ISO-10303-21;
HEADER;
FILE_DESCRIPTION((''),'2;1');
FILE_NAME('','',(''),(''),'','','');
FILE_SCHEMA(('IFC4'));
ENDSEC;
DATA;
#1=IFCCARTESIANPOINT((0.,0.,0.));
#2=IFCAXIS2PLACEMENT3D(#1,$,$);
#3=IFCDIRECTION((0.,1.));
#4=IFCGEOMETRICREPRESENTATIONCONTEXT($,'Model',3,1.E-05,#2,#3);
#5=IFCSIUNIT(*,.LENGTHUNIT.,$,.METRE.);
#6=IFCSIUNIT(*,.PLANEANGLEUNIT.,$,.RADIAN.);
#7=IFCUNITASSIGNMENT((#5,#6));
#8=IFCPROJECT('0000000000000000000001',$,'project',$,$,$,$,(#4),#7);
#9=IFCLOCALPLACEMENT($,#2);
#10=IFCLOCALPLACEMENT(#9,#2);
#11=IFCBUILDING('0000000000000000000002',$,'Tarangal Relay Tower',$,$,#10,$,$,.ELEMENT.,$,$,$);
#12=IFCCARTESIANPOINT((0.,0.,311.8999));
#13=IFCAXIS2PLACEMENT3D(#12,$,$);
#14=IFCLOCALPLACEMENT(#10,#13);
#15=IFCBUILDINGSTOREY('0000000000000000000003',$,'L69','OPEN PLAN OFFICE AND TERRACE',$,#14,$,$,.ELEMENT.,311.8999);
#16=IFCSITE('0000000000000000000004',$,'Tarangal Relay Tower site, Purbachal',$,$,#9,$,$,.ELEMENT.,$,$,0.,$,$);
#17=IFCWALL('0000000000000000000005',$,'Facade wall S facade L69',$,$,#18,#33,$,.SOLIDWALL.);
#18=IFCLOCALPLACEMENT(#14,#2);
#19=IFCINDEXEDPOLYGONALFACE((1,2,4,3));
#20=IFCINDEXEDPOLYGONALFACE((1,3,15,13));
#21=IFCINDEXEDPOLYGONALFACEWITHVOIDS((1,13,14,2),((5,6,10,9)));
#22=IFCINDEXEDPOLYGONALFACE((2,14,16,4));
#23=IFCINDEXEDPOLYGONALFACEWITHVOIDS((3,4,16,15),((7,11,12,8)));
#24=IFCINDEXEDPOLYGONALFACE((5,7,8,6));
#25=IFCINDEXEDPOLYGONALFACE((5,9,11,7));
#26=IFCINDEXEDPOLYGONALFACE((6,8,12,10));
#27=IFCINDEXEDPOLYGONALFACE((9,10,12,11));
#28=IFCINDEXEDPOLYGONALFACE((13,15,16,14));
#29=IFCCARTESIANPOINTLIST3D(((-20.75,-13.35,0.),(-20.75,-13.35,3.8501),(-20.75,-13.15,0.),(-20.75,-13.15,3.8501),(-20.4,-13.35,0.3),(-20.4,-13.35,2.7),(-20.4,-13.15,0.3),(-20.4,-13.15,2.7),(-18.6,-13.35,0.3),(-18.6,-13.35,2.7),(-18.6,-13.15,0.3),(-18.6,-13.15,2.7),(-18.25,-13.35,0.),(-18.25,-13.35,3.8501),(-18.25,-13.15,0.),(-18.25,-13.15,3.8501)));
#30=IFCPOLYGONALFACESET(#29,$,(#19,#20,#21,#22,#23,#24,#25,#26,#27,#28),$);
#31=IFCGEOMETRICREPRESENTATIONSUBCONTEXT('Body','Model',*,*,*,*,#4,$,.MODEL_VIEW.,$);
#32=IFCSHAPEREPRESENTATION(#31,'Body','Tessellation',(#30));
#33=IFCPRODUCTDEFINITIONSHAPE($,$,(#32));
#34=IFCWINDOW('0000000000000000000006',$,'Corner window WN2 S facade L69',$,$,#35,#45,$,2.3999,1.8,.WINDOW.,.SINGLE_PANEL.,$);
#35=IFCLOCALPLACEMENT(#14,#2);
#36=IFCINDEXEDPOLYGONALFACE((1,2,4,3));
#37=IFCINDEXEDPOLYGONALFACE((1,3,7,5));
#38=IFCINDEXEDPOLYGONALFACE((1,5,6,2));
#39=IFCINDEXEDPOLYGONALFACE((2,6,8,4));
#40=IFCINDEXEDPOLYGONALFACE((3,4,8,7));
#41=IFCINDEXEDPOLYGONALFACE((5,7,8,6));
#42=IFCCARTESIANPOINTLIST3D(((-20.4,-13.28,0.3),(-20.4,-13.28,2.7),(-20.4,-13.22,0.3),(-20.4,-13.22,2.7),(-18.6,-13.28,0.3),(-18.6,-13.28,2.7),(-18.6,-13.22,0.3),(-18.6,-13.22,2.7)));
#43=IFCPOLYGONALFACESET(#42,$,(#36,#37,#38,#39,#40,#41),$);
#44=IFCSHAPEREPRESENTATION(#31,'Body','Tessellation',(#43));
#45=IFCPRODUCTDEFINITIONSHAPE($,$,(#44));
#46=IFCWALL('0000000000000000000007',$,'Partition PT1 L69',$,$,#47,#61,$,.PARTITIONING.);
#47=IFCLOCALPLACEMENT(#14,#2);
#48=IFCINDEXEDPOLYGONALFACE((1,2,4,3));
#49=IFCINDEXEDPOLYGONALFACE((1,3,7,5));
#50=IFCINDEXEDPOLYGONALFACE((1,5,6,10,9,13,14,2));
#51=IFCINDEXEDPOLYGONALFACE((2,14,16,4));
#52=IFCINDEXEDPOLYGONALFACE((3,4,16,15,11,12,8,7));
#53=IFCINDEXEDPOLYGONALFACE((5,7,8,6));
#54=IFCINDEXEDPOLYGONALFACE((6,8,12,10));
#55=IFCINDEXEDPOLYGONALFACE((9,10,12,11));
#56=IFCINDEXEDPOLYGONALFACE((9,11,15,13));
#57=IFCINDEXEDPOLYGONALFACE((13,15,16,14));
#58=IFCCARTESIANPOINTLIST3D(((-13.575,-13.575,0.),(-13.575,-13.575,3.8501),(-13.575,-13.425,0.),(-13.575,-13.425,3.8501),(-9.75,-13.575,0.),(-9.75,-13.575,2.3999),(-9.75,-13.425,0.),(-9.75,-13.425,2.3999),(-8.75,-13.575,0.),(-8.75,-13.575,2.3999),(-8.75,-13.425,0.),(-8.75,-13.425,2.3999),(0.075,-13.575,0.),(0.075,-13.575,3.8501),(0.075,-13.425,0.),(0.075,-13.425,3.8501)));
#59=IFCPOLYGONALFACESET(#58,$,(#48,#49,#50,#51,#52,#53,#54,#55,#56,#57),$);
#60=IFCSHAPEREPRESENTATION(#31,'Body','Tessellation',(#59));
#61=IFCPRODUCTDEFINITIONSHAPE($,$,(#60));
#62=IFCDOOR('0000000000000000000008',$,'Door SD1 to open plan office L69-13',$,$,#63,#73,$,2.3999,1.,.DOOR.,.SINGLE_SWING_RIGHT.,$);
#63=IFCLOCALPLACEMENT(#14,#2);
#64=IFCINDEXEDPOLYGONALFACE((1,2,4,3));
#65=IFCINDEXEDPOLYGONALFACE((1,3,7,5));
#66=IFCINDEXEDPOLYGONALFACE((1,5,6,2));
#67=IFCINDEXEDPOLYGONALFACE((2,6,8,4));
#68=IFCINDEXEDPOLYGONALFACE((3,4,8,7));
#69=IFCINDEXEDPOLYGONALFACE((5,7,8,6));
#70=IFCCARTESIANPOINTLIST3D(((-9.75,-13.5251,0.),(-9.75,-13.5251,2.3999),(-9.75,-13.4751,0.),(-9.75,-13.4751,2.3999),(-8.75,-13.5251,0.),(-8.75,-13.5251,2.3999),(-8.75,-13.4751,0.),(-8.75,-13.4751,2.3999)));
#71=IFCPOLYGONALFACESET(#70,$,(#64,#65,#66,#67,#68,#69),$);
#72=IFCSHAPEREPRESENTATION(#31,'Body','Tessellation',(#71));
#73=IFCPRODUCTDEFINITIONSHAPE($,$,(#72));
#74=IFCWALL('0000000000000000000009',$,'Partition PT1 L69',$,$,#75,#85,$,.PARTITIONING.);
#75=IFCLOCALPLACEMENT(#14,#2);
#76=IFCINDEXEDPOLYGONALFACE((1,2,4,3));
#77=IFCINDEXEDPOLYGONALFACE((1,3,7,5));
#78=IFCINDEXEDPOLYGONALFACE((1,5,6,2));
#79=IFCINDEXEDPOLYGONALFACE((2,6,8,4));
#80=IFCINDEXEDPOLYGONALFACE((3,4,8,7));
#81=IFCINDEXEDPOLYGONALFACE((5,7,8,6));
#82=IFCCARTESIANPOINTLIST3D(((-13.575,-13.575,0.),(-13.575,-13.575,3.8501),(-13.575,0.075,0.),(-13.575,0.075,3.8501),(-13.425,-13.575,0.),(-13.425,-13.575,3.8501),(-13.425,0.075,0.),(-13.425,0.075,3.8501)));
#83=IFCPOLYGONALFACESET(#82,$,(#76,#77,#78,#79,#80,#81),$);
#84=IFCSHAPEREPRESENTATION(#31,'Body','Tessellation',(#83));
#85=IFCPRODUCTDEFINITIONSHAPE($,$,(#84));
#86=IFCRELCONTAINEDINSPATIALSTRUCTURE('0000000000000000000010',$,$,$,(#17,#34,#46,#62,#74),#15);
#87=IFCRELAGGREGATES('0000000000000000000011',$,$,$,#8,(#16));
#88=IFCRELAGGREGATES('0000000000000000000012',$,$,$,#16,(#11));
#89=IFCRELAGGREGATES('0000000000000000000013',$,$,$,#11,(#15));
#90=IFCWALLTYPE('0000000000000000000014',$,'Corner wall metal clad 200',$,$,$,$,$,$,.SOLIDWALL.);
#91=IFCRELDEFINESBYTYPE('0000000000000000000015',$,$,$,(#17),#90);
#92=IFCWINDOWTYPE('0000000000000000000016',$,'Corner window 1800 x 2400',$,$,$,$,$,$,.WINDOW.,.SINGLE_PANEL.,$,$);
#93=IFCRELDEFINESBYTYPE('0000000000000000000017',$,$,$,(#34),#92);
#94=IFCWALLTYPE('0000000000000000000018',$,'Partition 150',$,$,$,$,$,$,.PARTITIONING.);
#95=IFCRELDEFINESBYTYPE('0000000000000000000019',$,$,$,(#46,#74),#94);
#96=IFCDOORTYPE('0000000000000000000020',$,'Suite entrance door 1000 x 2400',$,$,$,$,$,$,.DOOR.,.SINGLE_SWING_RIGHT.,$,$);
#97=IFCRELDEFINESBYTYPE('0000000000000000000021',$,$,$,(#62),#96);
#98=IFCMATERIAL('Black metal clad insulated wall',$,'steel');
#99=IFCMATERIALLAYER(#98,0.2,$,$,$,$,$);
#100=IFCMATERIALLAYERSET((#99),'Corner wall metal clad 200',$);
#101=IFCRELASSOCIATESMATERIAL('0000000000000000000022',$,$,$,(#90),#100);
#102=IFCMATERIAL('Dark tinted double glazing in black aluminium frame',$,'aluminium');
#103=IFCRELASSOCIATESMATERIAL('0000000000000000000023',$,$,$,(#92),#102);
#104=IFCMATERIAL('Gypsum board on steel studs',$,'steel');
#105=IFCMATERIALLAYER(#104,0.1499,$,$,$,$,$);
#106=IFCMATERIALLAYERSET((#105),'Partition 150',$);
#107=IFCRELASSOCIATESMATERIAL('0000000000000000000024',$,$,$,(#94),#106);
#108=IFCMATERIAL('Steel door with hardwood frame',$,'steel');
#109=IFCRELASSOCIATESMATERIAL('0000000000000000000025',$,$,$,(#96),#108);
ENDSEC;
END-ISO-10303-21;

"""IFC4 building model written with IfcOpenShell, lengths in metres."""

from ifc_helpers import new_model, si_unit, direction, frame, frame_2d, origin, place, context, subcontext, project, spatial, rectangle, extrude, material, layer, layer_set, type_object, element, fill, save


model = new_model("IFC4")

# Units and contexts
model_context = context("Model", 3, precision=1e-05, world=origin(), true_north=direction((0.0, 1.0)))
body_context = subcontext(model_context, "Body", "Model", "MODEL_VIEW")
ifc_project = project(units=[si_unit("LENGTHUNIT", "METRE"), si_unit("PLANEANGLEUNIT", "RADIAN")], contexts=[model_context])

# Site, building, storey
site_placement = place(None, origin())
site = spatial("IfcSite", under=ifc_project, at=site_placement, Name="Tarangal Relay Tower site, Purbachal", CompositionType="ELEMENT", RefElevation=0.0)
building_placement = place(site_placement, origin())
building = spatial("IfcBuilding", under=site, at=building_placement, Name="Tarangal Relay Tower", CompositionType="ELEMENT")
storey_placement = place(building_placement, frame((0.0, 0.0, 311.8999)))
storey = spatial("IfcBuildingStorey", under=building, at=storey_placement, Name="L69", Description="OPEN PLAN OFFICE AND TERRACE", CompositionType="ELEMENT", Elevation=311.8999)

# Shared definitions
ifc_material_1 = material(Name="Black metal clad insulated wall", Category="steel")
ifc_layer_1 = layer(ifc_material_1, 0.2)
ifc_layer_set_1 = layer_set([ifc_layer_1], Name="Corner wall metal clad 200")
wall_type_1 = type_object("IfcWallType", Name="Corner wall metal clad 200", PredefinedType="SOLIDWALL", material=ifc_layer_set_1)

# Shared definitions
ifc_material_2 = material(Name="Dark tinted double glazing in black aluminium frame", Category="aluminium")
window_type = type_object("IfcWindowType", Name="Corner window 1800 x 2400", PartitioningType="SINGLE_PANEL", PredefinedType="WINDOW", material=ifc_material_2)

# Wall, opening, window
wall_1_placement = place(storey_placement, frame((-18.25, -13.25, 0.0), z_axis=(0.0, 0.0, 1.0), x_axis=(-1.0, 0.0, 0.0)))
wall_1 = element("IfcWall", 1, at=wall_1_placement, inside=storey, type_object=wall_type_1, Name="Facade wall S facade L69", PredefinedType="SOLIDWALL", context=body_context, shape_type="SweptSolid", body=[
    extrude(rectangle(XDim=2.5, YDim=0.2, at=frame_2d((1.25, 0.0))), origin(), (0.0, 0.0, 1.0), 3.8501),
])
opening_1_placement = place(wall_1_placement, frame((0.3501, 0.0, 0.3)))
opening_1 = element("IfcOpeningElement", 2, at=opening_1_placement, cuts=wall_1, PredefinedType="OPENING", context=body_context, shape_type="SweptSolid", body=[
    extrude(rectangle(XDim=1.8, YDim=2.3999, at=frame_2d((0.8999, 1.2))), frame((0.0, 0.1099, 0.0), z_axis=(0.0, -1.0, 0.0), x_axis=(1.0, 0.0, 0.0)), (0.0, 0.0, 1.0), 0.22),
])
window_1_placement = place(opening_1_placement, origin())
window_1 = element("IfcWindow", 3, at=window_1_placement, inside=storey, type_object=window_type, Name="Corner window WN2 S facade L69", OverallHeight=2.3999, OverallWidth=1.8, PartitioningType="SINGLE_PANEL", PredefinedType="WINDOW", context=body_context, shape_type="SweptSolid", body=[
    extrude(rectangle(XDim=1.8, YDim=2.3999, at=frame_2d((0.8999, 1.2))), frame((0.0, 0.03, 0.0), z_axis=(0.0, -1.0, 0.0), x_axis=(1.0, 0.0, 0.0)), (0.0, 0.0, 1.0), 0.0601),
])
fill(opening_1, window_1)

# Wall, opening, door
ifc_material_3 = material(Name="Gypsum board on steel studs", Category="steel")
ifc_layer_2 = layer(ifc_material_3, 0.1499)
ifc_layer_set_2 = layer_set([ifc_layer_2], Name="Partition 150")
wall_type_2 = type_object("IfcWallType", Name="Partition 150", PredefinedType="PARTITIONING", material=ifc_layer_set_2)
wall_2_placement = place(storey_placement, frame((-13.575, -13.5, 0.0), z_axis=(0.0, 0.0, 1.0), x_axis=(1.0, 0.0, 0.0)))
wall_2 = element("IfcWall", 4, at=wall_2_placement, inside=storey, type_object=wall_type_2, Name="Partition PT1 L69", PredefinedType="PARTITIONING", context=body_context, shape_type="SweptSolid", body=[
    extrude(rectangle(XDim=13.6499, YDim=0.1499, at=frame_2d((6.825, 0.0))), origin(), (0.0, 0.0, 1.0), 3.8501),
])
opening_2_placement = place(wall_2_placement, frame((3.825, 0.0, 0.0)))
opening_2 = element("IfcOpeningElement", 5, at=opening_2_placement, cuts=wall_2, PredefinedType="OPENING", context=body_context, shape_type="SweptSolid", body=[
    extrude(rectangle(XDim=1.0, YDim=2.3999, at=frame_2d((0.5, 1.2))), frame((0.0, 0.085, 0.0), z_axis=(0.0, -1.0, 0.0), x_axis=(1.0, 0.0, 0.0)), (0.0, 0.0, 1.0), 0.1699),
])
ifc_material_4 = material(Name="Steel door with hardwood frame", Category="steel")
door_type_1 = type_object("IfcDoorType", Name="Suite entrance door 1000 x 2400", OperationType="SINGLE_SWING_RIGHT", PredefinedType="DOOR", material=ifc_material_4)
door_1_placement = place(opening_2_placement, origin())
door_1 = element("IfcDoor", 6, at=door_1_placement, inside=storey, type_object=door_type_1, Name="Door SD1 to open plan office L69-13", OperationType="SINGLE_SWING_RIGHT", OverallHeight=2.3999, OverallWidth=1.0, PredefinedType="DOOR", context=body_context, shape_type="SweptSolid", body=[
    extrude(rectangle(XDim=1.0, YDim=2.3999, at=frame_2d((0.5, 1.2))), frame((0.0, 0.0249, 0.0), z_axis=(0.0, -1.0, 0.0), x_axis=(1.0, 0.0, 0.0)), (0.0, 0.0, 1.0), 0.05),
])
fill(opening_2, door_1)

# Wall
wall_3_placement = place(storey_placement, frame((-13.5, -13.575, 0.0), z_axis=(0.0, 0.0, 1.0), x_axis=(0.0, 1.0, 0.0)))
element("IfcWall", 7, at=wall_3_placement, inside=storey, type_object=wall_type_2, Name="Partition PT1 L69", PredefinedType="PARTITIONING", context=body_context, shape_type="SweptSolid", body=[
    extrude(rectangle(XDim=13.6499, YDim=0.1499, at=frame_2d((6.825, 0.0))), origin(), (0.0, 0.0, 1.0), 3.8501),
])

save(model, "model.ifc")
